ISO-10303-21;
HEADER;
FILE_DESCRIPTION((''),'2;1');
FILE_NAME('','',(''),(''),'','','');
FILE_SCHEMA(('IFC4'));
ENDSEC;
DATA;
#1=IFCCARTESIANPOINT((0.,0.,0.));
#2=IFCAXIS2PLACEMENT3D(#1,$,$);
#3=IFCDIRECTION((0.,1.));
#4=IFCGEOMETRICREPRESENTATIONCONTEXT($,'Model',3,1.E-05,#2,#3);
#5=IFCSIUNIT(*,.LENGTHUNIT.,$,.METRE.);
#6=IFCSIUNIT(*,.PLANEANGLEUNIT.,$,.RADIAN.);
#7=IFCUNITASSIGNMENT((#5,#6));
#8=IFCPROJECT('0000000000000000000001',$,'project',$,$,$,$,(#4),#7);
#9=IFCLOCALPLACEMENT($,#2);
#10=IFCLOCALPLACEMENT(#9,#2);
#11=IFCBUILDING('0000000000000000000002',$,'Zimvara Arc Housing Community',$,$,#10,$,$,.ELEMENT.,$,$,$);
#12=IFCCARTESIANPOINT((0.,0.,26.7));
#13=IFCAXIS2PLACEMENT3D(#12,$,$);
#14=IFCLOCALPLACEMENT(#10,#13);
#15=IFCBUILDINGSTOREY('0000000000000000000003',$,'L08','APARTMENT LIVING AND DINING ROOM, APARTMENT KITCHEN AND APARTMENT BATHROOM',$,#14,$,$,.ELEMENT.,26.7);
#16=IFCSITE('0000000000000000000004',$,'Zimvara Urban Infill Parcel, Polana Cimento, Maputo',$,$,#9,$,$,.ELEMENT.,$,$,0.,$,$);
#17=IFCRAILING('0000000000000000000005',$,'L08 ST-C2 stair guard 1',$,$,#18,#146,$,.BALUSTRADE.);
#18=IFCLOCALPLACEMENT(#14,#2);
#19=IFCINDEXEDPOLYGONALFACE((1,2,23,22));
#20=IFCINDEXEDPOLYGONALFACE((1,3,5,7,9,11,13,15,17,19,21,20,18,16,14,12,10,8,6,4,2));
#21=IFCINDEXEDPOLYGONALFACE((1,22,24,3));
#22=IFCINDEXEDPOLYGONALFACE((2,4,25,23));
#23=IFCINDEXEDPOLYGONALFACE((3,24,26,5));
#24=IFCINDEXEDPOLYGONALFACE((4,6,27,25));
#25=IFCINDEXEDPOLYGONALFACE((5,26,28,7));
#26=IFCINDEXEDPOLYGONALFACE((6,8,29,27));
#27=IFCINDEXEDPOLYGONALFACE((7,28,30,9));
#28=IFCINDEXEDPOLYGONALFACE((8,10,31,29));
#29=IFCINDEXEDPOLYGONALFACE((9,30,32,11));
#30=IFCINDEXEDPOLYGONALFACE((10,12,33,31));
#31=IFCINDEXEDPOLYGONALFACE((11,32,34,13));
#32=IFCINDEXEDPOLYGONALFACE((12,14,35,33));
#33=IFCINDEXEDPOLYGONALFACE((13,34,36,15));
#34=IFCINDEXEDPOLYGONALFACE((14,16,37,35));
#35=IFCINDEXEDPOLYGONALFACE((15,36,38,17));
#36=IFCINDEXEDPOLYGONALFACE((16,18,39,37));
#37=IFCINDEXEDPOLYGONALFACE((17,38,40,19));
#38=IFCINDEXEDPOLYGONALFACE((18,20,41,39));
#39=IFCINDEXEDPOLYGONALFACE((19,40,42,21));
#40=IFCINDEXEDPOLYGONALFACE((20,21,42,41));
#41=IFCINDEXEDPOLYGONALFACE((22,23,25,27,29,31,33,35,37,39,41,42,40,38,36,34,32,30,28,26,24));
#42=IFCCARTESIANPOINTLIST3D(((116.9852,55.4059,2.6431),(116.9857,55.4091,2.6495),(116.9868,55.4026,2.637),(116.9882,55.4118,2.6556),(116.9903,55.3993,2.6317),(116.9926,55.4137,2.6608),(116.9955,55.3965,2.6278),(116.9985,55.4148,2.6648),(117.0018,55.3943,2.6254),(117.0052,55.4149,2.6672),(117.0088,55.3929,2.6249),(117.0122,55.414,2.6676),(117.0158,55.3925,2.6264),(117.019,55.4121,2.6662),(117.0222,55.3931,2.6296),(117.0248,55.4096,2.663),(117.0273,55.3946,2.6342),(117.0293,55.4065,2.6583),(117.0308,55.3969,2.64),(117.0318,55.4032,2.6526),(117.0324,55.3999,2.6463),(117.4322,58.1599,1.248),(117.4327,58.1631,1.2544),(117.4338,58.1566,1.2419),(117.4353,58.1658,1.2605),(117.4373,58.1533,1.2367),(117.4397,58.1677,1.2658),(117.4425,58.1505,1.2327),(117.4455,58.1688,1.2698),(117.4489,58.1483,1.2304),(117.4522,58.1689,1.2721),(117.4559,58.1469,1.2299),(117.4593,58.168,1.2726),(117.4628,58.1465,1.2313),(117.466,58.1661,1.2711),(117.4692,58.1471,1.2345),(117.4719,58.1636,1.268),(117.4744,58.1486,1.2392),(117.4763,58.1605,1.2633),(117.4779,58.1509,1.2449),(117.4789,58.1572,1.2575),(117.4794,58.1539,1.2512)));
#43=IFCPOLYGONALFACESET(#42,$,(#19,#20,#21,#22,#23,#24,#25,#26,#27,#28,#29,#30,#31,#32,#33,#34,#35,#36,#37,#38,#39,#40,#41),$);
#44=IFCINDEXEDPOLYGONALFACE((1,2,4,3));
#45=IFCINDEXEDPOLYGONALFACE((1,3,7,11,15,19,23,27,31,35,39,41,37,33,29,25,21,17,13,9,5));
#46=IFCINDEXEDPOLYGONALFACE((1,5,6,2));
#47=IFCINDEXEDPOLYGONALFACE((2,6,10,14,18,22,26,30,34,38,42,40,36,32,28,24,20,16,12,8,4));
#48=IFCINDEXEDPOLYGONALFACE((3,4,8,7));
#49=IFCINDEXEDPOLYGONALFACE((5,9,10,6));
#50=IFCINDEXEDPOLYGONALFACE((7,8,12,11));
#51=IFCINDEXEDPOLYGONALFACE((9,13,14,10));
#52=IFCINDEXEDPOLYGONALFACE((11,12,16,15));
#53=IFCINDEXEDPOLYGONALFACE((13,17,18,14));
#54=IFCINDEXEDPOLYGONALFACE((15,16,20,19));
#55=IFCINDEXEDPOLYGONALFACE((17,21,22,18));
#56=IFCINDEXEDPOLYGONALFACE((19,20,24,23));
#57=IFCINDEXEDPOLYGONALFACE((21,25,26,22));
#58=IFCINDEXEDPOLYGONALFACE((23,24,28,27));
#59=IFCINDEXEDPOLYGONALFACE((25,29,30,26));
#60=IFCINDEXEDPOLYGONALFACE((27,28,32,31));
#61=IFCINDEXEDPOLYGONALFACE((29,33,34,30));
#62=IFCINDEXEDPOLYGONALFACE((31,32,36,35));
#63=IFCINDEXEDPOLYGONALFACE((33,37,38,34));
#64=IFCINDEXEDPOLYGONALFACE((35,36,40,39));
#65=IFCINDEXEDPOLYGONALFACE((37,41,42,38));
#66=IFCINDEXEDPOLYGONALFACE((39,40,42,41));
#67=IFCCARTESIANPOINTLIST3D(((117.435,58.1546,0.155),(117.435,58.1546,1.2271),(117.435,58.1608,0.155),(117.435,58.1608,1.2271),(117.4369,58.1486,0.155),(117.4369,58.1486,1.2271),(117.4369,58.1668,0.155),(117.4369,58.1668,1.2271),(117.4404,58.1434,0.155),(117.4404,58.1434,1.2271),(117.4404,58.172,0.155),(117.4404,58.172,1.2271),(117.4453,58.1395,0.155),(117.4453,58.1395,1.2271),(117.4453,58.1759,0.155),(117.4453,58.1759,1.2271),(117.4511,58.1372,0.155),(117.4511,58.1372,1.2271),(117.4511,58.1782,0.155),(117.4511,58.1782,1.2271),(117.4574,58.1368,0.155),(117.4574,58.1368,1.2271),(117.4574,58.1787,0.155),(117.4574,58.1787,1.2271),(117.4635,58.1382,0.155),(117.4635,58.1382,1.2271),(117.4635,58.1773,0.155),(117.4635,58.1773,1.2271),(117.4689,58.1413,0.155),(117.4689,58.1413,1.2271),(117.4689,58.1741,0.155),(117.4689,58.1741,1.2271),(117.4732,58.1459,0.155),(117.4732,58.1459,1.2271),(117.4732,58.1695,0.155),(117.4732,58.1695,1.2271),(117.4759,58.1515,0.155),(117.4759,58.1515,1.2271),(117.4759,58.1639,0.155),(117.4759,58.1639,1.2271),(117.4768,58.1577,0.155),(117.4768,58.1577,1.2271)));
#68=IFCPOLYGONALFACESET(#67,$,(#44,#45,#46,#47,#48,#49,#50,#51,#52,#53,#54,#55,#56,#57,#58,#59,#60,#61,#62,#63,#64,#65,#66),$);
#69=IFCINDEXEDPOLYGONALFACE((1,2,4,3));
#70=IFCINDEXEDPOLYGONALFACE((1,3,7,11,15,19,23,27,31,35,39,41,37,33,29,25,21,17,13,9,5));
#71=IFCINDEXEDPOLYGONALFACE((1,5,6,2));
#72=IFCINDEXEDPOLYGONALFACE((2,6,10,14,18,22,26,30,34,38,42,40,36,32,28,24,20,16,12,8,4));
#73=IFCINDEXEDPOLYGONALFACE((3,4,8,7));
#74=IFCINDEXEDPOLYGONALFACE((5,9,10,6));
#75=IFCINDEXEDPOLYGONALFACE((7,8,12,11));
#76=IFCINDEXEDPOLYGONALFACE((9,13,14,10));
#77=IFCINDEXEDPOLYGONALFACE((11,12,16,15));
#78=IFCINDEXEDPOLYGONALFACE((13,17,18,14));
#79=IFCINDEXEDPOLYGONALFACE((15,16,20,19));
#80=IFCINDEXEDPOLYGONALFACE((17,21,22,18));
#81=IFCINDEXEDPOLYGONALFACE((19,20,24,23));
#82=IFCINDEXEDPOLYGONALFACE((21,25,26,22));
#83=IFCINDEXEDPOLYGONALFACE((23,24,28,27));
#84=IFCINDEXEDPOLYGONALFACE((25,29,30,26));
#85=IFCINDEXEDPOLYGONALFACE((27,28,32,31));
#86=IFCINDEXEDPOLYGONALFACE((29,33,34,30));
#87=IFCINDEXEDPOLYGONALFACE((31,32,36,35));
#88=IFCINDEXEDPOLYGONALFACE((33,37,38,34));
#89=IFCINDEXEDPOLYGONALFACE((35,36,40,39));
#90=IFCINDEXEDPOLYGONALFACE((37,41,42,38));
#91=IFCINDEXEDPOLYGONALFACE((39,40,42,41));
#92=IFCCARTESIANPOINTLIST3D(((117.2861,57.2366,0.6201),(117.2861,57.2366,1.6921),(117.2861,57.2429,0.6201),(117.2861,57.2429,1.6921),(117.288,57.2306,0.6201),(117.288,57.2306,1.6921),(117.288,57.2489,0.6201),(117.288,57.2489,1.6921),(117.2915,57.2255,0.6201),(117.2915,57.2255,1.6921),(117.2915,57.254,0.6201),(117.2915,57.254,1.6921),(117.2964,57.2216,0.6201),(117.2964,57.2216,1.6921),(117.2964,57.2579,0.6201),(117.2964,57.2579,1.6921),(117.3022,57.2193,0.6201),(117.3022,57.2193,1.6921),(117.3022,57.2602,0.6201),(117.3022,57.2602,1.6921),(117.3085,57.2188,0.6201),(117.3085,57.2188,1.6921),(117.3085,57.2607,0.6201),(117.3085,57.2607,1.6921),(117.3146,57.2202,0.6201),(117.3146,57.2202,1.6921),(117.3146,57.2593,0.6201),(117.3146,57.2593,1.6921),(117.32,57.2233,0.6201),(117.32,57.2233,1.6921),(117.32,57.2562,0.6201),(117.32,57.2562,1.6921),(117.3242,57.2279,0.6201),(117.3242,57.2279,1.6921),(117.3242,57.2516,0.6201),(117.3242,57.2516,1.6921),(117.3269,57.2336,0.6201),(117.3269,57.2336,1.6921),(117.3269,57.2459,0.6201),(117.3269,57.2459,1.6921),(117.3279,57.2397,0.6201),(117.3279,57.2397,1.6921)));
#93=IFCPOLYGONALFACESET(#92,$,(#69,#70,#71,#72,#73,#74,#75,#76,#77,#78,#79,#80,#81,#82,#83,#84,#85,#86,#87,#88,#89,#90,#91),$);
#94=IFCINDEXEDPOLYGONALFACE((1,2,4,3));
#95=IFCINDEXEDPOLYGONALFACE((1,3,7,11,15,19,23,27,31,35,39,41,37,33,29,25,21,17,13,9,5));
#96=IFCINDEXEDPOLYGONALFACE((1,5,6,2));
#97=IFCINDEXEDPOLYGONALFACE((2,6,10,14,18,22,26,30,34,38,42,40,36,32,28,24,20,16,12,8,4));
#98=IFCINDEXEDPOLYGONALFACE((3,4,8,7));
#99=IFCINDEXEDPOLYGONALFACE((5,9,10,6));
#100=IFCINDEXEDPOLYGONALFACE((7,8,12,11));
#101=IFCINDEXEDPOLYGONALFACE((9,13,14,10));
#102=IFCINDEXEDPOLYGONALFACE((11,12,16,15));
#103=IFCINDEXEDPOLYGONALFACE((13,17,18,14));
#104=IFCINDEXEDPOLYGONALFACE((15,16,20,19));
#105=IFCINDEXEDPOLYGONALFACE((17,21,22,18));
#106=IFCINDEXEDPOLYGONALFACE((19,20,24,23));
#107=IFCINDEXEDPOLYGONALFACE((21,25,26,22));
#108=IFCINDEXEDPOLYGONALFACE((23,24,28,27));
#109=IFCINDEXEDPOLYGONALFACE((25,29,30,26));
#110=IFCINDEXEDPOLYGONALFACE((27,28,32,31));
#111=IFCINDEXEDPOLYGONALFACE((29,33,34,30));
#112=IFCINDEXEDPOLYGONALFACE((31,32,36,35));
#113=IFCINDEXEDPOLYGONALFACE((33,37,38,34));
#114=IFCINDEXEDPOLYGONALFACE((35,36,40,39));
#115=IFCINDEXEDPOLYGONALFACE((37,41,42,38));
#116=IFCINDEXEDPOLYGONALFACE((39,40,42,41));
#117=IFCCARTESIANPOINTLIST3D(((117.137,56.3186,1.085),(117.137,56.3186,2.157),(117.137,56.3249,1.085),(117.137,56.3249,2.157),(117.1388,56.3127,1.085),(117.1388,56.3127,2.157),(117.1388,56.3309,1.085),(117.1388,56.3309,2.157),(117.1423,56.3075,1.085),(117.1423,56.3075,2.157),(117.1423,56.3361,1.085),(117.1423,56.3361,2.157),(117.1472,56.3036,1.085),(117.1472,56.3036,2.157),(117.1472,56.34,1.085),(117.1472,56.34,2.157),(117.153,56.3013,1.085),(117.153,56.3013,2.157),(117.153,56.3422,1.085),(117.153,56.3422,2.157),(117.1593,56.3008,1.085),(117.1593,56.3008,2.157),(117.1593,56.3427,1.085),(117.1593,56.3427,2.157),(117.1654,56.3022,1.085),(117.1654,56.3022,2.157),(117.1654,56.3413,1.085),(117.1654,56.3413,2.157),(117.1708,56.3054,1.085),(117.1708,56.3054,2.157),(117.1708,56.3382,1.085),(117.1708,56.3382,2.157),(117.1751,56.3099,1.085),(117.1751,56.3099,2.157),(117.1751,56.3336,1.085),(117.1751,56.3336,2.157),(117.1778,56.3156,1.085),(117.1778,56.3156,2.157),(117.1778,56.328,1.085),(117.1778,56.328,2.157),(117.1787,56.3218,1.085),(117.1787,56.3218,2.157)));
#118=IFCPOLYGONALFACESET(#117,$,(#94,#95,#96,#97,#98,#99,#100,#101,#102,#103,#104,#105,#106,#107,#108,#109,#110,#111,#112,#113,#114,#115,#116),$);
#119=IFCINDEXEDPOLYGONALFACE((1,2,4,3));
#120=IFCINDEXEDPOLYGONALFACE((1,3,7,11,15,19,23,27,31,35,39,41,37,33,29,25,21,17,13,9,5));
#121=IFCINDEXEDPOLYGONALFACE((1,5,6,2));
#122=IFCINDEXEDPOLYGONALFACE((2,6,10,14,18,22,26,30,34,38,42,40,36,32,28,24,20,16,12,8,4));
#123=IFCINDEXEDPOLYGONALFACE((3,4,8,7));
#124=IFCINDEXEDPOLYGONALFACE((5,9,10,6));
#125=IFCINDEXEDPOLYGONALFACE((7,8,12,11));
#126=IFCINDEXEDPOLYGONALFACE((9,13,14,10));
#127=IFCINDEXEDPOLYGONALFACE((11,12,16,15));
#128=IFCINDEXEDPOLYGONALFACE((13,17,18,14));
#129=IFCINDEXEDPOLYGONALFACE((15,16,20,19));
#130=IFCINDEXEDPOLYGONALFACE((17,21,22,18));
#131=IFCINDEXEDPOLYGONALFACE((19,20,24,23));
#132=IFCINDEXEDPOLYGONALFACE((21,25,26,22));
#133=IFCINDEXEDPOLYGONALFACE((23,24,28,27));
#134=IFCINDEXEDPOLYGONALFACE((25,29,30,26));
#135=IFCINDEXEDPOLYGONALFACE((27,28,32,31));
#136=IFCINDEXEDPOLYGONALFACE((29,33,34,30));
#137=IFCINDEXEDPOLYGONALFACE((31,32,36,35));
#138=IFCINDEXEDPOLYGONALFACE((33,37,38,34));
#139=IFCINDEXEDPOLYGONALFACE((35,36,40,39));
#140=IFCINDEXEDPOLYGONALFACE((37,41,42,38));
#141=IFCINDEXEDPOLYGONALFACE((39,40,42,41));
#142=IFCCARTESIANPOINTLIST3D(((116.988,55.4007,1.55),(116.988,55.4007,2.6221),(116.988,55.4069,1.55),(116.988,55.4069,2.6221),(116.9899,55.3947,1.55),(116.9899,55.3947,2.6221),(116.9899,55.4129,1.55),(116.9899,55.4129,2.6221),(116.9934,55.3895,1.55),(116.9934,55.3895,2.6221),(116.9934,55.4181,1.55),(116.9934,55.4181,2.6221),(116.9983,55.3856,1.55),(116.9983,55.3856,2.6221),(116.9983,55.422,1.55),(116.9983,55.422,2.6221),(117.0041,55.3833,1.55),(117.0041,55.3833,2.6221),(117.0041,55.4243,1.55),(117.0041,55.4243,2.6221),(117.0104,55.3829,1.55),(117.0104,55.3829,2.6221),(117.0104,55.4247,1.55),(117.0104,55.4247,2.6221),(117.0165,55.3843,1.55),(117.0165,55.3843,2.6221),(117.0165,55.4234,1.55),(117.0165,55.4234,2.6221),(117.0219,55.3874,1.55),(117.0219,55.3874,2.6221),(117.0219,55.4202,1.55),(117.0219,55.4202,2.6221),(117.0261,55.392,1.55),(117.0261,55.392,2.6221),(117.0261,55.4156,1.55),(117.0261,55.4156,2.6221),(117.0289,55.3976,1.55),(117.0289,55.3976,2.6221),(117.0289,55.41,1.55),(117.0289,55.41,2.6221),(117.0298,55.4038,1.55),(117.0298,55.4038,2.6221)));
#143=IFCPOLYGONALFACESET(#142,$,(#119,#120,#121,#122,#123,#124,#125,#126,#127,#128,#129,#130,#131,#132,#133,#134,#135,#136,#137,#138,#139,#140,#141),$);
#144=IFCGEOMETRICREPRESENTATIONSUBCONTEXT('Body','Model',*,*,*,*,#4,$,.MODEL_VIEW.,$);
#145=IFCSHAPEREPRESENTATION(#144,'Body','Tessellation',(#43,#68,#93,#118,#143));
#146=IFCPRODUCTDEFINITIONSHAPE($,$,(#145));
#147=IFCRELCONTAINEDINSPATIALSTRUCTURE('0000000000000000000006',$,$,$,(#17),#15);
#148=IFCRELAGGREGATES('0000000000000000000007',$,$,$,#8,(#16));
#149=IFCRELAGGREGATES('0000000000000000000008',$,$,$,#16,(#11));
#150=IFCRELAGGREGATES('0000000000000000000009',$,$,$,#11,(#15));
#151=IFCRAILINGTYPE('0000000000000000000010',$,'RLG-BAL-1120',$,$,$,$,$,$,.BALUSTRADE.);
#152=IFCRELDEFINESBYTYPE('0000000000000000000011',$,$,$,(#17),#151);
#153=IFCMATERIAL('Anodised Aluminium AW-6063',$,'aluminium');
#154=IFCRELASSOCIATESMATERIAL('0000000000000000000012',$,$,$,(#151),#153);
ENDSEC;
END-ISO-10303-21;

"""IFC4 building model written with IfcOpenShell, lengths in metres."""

from ifc_helpers import new_model, si_unit, direction, frame, origin, origin_2d, place, context, subcontext, project, spatial, circle, extrude, material, type_object, element, save


model = new_model("IFC4")

# Units and contexts
model_context = context("Model", 3, precision=1e-05, world=origin(), true_north=direction((0.0, 1.0)))
body_context = subcontext(model_context, "Body", "Model", "MODEL_VIEW")
ifc_project = project(units=[si_unit("LENGTHUNIT", "METRE"), si_unit("PLANEANGLEUNIT", "RADIAN")], contexts=[model_context])

# Site, building, storey
site_placement = place(None, origin())
site = spatial("IfcSite", under=ifc_project, at=site_placement, Name="Zimvara Urban Infill Parcel, Polana Cimento, Maputo", CompositionType="ELEMENT", RefElevation=0.0)
building_placement = place(site_placement, origin())
building = spatial("IfcBuilding", under=site, at=building_placement, Name="Zimvara Arc Housing Community", CompositionType="ELEMENT")
storey_placement = place(building_placement, frame((0.0, 0.0, 26.7)))
storey = spatial("IfcBuildingStorey", under=building, at=storey_placement, Name="L08", Description="APARTMENT LIVING AND DINING ROOM, APARTMENT KITCHEN AND APARTMENT BATHROOM", CompositionType="ELEMENT", Elevation=26.7)

# Railing
ifc_material_1 = material(Name="Anodised Aluminium AW-6063", Category="aluminium")
railing_type_1 = type_object("IfcRailingType", Name="RLG-BAL-1120", PredefinedType="BALUSTRADE", material=ifc_material_1)
railing_1_placement = place(storey_placement, frame((117.4558, 58.1577, 0.155)))
element("IfcRailing", 1, at=railing_1_placement, inside=storey, type_object=railing_type_1, Name="L08 ST-C2 stair guard 1", PredefinedType="BALUSTRADE", context=body_context, shape_type="SweptSolid", body=[
    extrude(circle(Radius=0.0239, at=origin_2d()), frame((0.0, 0.0, 1.0962), z_axis=(-0.143309, -0.882866, 0.447225), x_axis=(0.98708, -0.160226, 0.0)), (0.0, 0.0, 1.0), 3.1194),
    extrude(circle(Radius=0.021, at=origin_2d()), origin(), (0.0, 0.0, 1.0), 1.072),
    extrude(circle(Radius=0.021, at=origin_2d()), frame((-0.1489, -0.918, 0.4651)), (0.0, 0.0, 1.0), 1.072),
    extrude(circle(Radius=0.021, at=origin_2d()), frame((-0.2981, -1.8359, 0.9299)), (0.0, 0.0, 1.0), 1.072),
    extrude(circle(Radius=0.021, at=origin_2d()), frame((-0.447, -2.7539, 1.395)), (0.0, 0.0, 1.0), 1.072),
])

save(model, "model.ifc")
